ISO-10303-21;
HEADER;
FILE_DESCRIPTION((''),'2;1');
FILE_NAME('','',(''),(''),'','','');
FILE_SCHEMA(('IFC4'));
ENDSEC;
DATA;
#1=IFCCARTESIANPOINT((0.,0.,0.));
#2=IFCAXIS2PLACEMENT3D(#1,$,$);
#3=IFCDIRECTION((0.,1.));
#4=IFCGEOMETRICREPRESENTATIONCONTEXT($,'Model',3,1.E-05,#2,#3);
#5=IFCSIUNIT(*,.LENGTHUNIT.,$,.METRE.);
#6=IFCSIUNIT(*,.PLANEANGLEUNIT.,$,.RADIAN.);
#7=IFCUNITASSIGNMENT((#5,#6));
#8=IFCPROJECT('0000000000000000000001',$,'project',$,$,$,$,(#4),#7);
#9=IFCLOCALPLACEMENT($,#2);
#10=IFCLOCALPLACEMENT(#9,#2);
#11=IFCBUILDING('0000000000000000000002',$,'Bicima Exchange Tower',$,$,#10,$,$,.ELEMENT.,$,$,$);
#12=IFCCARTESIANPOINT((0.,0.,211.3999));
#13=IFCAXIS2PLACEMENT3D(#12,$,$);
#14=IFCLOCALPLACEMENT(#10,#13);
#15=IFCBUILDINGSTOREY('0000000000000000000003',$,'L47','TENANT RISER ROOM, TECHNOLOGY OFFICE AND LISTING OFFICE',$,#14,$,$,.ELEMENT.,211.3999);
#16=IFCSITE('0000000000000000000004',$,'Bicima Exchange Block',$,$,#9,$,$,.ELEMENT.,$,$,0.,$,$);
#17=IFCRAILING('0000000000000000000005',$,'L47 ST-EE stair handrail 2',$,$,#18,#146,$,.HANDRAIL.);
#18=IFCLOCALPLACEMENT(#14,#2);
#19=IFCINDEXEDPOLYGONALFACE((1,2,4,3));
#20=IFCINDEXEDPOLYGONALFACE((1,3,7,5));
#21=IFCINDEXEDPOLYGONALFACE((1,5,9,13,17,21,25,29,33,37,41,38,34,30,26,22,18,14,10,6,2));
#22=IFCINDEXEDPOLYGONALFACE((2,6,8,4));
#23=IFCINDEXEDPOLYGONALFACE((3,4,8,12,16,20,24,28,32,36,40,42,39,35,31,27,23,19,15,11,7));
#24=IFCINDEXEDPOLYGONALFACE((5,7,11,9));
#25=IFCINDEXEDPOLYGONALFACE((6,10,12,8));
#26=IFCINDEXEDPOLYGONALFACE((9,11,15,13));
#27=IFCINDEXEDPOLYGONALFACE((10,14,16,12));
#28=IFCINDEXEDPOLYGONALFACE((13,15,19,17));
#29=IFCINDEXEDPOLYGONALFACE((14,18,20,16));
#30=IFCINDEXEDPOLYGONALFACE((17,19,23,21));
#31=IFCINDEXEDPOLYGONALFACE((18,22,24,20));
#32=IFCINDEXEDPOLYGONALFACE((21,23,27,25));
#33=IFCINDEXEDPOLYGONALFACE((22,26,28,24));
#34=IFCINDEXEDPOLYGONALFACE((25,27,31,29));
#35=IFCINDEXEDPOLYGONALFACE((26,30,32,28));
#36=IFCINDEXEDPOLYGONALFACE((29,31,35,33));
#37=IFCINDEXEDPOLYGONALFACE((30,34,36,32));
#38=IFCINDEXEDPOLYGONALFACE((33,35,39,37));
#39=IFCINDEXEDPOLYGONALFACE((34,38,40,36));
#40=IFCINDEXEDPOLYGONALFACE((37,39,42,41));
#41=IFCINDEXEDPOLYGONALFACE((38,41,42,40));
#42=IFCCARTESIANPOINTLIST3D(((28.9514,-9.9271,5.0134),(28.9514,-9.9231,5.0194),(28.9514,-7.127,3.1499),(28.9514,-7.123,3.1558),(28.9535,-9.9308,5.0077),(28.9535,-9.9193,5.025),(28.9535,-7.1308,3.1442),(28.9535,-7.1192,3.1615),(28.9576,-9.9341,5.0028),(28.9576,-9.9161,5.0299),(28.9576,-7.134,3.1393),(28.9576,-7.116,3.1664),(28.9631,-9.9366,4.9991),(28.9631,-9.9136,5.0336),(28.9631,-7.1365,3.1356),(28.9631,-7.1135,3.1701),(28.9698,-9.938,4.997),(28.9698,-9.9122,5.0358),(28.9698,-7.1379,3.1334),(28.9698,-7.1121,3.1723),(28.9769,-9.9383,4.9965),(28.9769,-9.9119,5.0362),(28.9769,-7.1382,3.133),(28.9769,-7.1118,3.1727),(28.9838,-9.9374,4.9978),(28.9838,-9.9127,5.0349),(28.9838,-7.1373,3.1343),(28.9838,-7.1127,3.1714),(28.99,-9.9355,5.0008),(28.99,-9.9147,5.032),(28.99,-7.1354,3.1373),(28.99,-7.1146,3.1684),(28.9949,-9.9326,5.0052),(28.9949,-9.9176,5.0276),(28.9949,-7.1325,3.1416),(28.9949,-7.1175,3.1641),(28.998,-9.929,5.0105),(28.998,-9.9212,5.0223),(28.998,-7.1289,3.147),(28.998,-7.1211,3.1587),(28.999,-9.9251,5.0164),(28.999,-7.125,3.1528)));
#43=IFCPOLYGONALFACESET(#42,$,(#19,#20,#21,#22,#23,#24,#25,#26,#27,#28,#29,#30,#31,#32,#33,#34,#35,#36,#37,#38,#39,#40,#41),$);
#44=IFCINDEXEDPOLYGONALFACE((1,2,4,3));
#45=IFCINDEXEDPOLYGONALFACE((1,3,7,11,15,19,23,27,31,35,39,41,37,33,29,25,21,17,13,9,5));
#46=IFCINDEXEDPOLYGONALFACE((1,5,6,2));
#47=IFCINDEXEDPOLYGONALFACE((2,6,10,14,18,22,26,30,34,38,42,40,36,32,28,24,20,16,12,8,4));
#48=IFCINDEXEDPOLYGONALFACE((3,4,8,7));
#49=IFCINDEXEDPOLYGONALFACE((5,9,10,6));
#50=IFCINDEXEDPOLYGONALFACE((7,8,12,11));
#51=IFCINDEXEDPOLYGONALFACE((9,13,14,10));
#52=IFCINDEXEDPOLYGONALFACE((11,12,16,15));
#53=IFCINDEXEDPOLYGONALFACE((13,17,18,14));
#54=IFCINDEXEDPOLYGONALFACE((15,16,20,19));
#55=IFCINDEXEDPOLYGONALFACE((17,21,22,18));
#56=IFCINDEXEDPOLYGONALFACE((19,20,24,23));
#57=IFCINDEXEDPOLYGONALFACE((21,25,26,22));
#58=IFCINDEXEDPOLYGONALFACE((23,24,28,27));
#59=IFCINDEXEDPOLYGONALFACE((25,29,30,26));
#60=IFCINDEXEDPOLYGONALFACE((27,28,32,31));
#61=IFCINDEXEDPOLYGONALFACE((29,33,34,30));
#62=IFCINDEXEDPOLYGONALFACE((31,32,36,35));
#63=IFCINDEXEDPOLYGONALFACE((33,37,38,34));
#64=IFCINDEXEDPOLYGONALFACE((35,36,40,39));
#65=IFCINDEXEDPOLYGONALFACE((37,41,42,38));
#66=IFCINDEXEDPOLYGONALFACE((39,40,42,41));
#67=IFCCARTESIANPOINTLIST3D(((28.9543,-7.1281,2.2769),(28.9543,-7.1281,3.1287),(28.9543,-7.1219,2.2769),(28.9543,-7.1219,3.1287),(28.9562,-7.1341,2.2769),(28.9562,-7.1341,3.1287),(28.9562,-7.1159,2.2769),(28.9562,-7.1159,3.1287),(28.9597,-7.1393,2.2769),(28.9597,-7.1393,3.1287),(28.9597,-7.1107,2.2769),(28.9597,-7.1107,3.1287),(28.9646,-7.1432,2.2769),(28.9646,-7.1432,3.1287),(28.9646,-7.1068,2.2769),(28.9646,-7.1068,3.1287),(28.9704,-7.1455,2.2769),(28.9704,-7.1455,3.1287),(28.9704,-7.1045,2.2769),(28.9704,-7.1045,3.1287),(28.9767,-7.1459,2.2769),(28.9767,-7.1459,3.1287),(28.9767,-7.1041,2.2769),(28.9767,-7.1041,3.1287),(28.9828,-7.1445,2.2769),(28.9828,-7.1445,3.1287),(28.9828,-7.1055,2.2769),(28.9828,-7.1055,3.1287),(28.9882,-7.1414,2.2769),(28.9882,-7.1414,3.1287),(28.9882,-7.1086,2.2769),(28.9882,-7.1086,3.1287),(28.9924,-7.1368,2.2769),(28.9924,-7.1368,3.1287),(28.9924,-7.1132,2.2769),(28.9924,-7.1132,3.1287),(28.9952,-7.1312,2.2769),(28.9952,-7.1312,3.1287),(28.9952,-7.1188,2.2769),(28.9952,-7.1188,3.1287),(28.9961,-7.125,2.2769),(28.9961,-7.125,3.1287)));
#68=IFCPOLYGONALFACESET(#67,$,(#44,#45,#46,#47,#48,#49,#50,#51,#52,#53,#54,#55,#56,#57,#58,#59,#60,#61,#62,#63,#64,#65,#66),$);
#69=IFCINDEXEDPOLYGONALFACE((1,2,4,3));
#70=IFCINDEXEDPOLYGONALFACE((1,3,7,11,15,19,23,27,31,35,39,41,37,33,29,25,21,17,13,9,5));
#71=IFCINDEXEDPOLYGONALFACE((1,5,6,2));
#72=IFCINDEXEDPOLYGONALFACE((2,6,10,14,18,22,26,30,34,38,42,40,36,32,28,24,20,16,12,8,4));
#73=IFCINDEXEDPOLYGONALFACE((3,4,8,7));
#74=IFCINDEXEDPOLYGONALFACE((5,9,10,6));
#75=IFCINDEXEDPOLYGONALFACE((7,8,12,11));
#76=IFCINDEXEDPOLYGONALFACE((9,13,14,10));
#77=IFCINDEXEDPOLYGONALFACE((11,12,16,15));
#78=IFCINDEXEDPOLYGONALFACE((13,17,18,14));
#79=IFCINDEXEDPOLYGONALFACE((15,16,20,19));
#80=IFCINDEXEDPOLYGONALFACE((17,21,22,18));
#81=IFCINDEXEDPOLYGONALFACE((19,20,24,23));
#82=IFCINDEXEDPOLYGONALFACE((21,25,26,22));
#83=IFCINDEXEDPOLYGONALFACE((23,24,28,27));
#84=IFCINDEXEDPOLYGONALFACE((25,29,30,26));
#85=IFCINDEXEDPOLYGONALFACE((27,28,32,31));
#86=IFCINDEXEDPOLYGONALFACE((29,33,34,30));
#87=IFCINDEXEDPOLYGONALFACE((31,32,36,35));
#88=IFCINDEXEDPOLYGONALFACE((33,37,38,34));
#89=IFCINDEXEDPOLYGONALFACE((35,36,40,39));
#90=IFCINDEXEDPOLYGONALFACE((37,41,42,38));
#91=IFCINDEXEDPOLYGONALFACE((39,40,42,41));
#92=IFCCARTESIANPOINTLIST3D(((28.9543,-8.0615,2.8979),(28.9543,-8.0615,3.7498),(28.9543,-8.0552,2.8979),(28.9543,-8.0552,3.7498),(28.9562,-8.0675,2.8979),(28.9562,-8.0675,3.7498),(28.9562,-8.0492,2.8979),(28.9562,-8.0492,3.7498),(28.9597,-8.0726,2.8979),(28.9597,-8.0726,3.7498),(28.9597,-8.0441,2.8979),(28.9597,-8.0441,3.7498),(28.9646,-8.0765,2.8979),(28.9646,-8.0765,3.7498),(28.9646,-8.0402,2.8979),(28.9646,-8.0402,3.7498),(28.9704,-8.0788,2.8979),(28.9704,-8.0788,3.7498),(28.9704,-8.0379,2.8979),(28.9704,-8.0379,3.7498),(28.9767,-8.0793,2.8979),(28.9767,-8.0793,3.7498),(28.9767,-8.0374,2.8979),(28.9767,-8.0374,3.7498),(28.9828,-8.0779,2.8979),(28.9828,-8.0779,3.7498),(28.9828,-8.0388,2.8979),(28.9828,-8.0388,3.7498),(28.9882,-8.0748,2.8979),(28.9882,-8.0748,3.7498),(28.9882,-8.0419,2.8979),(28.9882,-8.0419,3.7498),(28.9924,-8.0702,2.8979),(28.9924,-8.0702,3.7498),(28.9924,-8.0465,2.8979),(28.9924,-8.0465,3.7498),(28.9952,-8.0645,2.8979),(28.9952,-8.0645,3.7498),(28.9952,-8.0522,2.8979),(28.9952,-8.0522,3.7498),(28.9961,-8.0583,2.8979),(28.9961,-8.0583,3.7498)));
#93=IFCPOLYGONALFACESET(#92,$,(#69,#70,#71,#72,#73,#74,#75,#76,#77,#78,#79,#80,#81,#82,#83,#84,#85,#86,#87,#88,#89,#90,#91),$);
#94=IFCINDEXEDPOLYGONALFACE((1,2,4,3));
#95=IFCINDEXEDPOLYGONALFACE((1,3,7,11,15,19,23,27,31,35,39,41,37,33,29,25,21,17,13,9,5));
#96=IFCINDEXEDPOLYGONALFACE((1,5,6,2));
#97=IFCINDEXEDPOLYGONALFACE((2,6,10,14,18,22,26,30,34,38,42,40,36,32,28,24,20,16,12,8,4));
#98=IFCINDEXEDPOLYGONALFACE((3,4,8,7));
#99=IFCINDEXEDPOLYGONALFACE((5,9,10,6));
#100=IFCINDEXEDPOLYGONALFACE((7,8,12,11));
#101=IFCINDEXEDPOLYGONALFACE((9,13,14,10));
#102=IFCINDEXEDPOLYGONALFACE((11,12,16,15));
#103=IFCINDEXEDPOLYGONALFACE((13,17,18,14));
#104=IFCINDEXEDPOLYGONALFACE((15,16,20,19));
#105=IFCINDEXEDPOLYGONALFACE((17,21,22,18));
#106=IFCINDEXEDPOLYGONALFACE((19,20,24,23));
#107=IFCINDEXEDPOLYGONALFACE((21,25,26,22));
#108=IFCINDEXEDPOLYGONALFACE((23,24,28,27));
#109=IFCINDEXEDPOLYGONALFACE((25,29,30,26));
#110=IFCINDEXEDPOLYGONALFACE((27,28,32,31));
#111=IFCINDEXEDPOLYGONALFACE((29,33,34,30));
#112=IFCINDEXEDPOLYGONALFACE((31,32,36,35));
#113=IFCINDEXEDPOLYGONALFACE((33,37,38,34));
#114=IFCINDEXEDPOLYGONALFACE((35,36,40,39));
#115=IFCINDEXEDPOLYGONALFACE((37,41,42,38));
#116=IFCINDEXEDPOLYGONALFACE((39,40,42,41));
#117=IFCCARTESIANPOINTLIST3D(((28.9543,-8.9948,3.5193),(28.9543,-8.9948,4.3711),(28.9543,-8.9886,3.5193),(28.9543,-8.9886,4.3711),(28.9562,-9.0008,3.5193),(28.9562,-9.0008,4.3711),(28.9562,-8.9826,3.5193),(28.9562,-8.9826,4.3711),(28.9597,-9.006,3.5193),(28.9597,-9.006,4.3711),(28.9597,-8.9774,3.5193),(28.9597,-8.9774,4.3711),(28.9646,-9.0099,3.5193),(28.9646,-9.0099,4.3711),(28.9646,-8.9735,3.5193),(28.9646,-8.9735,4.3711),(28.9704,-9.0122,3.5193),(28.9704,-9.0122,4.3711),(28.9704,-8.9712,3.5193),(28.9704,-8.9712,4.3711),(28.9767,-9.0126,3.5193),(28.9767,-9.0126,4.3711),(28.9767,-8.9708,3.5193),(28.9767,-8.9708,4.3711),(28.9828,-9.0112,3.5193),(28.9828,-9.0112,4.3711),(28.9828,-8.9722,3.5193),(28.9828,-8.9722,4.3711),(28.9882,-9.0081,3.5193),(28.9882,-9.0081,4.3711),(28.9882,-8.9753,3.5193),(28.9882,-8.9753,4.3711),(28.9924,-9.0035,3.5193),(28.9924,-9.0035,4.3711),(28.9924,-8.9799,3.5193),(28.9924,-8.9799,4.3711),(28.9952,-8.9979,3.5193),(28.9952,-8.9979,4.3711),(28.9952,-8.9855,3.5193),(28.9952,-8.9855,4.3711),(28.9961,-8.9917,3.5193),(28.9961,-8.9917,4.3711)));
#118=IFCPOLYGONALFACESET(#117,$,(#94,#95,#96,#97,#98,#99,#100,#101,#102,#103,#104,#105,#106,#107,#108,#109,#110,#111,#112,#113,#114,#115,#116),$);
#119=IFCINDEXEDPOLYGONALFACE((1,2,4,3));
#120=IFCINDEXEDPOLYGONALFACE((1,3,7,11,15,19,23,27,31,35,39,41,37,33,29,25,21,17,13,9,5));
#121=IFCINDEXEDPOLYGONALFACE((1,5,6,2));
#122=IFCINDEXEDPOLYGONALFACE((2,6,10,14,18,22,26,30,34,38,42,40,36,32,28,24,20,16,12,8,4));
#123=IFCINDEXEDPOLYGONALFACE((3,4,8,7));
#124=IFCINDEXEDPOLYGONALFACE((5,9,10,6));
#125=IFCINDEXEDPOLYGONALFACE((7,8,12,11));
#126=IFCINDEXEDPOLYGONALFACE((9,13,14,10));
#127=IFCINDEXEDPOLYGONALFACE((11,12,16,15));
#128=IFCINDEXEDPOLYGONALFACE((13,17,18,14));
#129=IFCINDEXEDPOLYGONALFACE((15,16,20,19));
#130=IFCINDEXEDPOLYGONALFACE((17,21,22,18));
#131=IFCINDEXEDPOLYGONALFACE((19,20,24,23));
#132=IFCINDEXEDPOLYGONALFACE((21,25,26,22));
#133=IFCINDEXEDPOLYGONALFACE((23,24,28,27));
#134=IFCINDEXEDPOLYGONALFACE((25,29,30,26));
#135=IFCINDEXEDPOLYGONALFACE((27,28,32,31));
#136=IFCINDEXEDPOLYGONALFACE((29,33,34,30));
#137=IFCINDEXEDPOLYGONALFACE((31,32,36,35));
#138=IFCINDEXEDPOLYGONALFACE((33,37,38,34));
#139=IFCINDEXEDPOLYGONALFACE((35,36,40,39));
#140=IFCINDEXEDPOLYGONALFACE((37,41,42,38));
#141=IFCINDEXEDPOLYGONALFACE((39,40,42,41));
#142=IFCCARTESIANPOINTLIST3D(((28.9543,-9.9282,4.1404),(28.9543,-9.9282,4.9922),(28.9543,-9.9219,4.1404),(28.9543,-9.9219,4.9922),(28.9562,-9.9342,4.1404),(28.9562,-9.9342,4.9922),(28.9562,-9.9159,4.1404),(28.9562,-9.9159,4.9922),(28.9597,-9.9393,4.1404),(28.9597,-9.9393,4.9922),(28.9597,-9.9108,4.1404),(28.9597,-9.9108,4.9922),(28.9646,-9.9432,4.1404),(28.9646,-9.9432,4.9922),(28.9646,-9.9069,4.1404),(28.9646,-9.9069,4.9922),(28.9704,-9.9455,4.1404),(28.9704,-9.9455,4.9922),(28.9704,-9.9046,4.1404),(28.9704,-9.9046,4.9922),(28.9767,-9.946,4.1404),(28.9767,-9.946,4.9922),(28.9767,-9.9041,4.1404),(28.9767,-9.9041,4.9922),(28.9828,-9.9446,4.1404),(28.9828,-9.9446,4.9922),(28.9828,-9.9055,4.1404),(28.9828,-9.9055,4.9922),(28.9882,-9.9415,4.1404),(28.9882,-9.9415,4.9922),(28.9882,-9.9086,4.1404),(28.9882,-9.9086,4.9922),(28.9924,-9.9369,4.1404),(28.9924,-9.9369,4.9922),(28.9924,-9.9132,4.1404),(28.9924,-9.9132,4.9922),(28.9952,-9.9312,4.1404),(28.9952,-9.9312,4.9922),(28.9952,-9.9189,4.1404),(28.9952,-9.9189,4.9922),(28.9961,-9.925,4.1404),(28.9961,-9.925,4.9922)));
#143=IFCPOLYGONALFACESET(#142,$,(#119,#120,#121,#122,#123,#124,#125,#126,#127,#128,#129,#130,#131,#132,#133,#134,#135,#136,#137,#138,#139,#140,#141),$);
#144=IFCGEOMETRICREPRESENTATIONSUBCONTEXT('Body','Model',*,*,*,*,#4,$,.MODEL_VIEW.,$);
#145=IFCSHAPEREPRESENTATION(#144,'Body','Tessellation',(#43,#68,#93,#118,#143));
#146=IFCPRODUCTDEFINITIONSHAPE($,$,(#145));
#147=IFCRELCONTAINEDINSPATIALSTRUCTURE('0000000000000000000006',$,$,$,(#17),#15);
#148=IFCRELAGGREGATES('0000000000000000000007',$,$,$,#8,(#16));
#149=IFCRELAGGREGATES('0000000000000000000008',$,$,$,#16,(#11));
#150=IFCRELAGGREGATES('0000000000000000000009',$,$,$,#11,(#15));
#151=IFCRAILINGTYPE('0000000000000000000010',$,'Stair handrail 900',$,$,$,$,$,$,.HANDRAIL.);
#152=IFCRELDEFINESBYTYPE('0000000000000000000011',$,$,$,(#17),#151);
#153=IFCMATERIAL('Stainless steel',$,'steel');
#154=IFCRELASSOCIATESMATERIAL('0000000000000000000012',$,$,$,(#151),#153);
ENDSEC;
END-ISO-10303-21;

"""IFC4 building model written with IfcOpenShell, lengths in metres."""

from ifc_helpers import new_model, si_unit, direction, frame, origin, origin_2d, place, context, subcontext, project, spatial, circle, extrude, material, type_object, element, save


model = new_model("IFC4")

# Units and contexts
model_context = context("Model", 3, precision=1e-05, world=origin(), true_north=direction((0.0, 1.0)))
body_context = subcontext(model_context, "Body", "Model", "MODEL_VIEW")
ifc_project = project(units=[si_unit("LENGTHUNIT", "METRE"), si_unit("PLANEANGLEUNIT", "RADIAN")], contexts=[model_context])

# Site, building, storey
site_placement = place(None, origin())
site = spatial("IfcSite", under=ifc_project, at=site_placement, Name="Bicima Exchange Block", CompositionType="ELEMENT", RefElevation=0.0)
building_placement = place(site_placement, origin())
building = spatial("IfcBuilding", under=site, at=building_placement, Name="Bicima Exchange Tower", CompositionType="ELEMENT")
storey_placement = place(building_placement, frame((0.0, 0.0, 211.3999)))
storey = spatial("IfcBuildingStorey", under=building, at=storey_placement, Name="L47", Description="TENANT RISER ROOM, TECHNOLOGY OFFICE AND LISTING OFFICE", CompositionType="ELEMENT", Elevation=211.3999)

# Railing
ifc_material_1 = material(Name="Stainless steel", Category="steel")
railing_type_1 = type_object("IfcRailingType", Name="Stair handrail 900", PredefinedType="HANDRAIL", material=ifc_material_1)
for number, where, name in (
    (1, (28.9751, -7.125, 2.2769), "L47 ST-EE stair handrail 2"),
):
    element("IfcRailing", number, at=place(storey_placement, frame(where)), inside=storey, type_object=railing_type_1, Name=name, PredefinedType="HANDRAIL", context=body_context, shape_type="SweptSolid", body=[
        extrude(circle(Radius=0.0239, at=origin_2d()), frame((0.0, 0.0, 0.876), z_axis=(0.0, -0.832486, 0.554047), x_axis=(1.0, 0.0, 0.0)), (0.0, 0.0, 1.0), 3.3635),
        extrude(circle(Radius=0.021, at=origin_2d()), origin(), (0.0, 0.0, 1.0), 0.8518),
        extrude(circle(Radius=0.021, at=origin_2d()), frame((0.0, -0.9333, 0.6211)), (0.0, 0.0, 1.0), 0.8518),
        extrude(circle(Radius=0.021, at=origin_2d()), frame((0.0, -1.8667, 1.2424)), (0.0, 0.0, 1.0), 0.8518),
        extrude(circle(Radius=0.021, at=origin_2d()), frame((0.0, -2.8, 1.8635)), (0.0, 0.0, 1.0), 0.8518),
    ])

save(model, "model.ifc")
